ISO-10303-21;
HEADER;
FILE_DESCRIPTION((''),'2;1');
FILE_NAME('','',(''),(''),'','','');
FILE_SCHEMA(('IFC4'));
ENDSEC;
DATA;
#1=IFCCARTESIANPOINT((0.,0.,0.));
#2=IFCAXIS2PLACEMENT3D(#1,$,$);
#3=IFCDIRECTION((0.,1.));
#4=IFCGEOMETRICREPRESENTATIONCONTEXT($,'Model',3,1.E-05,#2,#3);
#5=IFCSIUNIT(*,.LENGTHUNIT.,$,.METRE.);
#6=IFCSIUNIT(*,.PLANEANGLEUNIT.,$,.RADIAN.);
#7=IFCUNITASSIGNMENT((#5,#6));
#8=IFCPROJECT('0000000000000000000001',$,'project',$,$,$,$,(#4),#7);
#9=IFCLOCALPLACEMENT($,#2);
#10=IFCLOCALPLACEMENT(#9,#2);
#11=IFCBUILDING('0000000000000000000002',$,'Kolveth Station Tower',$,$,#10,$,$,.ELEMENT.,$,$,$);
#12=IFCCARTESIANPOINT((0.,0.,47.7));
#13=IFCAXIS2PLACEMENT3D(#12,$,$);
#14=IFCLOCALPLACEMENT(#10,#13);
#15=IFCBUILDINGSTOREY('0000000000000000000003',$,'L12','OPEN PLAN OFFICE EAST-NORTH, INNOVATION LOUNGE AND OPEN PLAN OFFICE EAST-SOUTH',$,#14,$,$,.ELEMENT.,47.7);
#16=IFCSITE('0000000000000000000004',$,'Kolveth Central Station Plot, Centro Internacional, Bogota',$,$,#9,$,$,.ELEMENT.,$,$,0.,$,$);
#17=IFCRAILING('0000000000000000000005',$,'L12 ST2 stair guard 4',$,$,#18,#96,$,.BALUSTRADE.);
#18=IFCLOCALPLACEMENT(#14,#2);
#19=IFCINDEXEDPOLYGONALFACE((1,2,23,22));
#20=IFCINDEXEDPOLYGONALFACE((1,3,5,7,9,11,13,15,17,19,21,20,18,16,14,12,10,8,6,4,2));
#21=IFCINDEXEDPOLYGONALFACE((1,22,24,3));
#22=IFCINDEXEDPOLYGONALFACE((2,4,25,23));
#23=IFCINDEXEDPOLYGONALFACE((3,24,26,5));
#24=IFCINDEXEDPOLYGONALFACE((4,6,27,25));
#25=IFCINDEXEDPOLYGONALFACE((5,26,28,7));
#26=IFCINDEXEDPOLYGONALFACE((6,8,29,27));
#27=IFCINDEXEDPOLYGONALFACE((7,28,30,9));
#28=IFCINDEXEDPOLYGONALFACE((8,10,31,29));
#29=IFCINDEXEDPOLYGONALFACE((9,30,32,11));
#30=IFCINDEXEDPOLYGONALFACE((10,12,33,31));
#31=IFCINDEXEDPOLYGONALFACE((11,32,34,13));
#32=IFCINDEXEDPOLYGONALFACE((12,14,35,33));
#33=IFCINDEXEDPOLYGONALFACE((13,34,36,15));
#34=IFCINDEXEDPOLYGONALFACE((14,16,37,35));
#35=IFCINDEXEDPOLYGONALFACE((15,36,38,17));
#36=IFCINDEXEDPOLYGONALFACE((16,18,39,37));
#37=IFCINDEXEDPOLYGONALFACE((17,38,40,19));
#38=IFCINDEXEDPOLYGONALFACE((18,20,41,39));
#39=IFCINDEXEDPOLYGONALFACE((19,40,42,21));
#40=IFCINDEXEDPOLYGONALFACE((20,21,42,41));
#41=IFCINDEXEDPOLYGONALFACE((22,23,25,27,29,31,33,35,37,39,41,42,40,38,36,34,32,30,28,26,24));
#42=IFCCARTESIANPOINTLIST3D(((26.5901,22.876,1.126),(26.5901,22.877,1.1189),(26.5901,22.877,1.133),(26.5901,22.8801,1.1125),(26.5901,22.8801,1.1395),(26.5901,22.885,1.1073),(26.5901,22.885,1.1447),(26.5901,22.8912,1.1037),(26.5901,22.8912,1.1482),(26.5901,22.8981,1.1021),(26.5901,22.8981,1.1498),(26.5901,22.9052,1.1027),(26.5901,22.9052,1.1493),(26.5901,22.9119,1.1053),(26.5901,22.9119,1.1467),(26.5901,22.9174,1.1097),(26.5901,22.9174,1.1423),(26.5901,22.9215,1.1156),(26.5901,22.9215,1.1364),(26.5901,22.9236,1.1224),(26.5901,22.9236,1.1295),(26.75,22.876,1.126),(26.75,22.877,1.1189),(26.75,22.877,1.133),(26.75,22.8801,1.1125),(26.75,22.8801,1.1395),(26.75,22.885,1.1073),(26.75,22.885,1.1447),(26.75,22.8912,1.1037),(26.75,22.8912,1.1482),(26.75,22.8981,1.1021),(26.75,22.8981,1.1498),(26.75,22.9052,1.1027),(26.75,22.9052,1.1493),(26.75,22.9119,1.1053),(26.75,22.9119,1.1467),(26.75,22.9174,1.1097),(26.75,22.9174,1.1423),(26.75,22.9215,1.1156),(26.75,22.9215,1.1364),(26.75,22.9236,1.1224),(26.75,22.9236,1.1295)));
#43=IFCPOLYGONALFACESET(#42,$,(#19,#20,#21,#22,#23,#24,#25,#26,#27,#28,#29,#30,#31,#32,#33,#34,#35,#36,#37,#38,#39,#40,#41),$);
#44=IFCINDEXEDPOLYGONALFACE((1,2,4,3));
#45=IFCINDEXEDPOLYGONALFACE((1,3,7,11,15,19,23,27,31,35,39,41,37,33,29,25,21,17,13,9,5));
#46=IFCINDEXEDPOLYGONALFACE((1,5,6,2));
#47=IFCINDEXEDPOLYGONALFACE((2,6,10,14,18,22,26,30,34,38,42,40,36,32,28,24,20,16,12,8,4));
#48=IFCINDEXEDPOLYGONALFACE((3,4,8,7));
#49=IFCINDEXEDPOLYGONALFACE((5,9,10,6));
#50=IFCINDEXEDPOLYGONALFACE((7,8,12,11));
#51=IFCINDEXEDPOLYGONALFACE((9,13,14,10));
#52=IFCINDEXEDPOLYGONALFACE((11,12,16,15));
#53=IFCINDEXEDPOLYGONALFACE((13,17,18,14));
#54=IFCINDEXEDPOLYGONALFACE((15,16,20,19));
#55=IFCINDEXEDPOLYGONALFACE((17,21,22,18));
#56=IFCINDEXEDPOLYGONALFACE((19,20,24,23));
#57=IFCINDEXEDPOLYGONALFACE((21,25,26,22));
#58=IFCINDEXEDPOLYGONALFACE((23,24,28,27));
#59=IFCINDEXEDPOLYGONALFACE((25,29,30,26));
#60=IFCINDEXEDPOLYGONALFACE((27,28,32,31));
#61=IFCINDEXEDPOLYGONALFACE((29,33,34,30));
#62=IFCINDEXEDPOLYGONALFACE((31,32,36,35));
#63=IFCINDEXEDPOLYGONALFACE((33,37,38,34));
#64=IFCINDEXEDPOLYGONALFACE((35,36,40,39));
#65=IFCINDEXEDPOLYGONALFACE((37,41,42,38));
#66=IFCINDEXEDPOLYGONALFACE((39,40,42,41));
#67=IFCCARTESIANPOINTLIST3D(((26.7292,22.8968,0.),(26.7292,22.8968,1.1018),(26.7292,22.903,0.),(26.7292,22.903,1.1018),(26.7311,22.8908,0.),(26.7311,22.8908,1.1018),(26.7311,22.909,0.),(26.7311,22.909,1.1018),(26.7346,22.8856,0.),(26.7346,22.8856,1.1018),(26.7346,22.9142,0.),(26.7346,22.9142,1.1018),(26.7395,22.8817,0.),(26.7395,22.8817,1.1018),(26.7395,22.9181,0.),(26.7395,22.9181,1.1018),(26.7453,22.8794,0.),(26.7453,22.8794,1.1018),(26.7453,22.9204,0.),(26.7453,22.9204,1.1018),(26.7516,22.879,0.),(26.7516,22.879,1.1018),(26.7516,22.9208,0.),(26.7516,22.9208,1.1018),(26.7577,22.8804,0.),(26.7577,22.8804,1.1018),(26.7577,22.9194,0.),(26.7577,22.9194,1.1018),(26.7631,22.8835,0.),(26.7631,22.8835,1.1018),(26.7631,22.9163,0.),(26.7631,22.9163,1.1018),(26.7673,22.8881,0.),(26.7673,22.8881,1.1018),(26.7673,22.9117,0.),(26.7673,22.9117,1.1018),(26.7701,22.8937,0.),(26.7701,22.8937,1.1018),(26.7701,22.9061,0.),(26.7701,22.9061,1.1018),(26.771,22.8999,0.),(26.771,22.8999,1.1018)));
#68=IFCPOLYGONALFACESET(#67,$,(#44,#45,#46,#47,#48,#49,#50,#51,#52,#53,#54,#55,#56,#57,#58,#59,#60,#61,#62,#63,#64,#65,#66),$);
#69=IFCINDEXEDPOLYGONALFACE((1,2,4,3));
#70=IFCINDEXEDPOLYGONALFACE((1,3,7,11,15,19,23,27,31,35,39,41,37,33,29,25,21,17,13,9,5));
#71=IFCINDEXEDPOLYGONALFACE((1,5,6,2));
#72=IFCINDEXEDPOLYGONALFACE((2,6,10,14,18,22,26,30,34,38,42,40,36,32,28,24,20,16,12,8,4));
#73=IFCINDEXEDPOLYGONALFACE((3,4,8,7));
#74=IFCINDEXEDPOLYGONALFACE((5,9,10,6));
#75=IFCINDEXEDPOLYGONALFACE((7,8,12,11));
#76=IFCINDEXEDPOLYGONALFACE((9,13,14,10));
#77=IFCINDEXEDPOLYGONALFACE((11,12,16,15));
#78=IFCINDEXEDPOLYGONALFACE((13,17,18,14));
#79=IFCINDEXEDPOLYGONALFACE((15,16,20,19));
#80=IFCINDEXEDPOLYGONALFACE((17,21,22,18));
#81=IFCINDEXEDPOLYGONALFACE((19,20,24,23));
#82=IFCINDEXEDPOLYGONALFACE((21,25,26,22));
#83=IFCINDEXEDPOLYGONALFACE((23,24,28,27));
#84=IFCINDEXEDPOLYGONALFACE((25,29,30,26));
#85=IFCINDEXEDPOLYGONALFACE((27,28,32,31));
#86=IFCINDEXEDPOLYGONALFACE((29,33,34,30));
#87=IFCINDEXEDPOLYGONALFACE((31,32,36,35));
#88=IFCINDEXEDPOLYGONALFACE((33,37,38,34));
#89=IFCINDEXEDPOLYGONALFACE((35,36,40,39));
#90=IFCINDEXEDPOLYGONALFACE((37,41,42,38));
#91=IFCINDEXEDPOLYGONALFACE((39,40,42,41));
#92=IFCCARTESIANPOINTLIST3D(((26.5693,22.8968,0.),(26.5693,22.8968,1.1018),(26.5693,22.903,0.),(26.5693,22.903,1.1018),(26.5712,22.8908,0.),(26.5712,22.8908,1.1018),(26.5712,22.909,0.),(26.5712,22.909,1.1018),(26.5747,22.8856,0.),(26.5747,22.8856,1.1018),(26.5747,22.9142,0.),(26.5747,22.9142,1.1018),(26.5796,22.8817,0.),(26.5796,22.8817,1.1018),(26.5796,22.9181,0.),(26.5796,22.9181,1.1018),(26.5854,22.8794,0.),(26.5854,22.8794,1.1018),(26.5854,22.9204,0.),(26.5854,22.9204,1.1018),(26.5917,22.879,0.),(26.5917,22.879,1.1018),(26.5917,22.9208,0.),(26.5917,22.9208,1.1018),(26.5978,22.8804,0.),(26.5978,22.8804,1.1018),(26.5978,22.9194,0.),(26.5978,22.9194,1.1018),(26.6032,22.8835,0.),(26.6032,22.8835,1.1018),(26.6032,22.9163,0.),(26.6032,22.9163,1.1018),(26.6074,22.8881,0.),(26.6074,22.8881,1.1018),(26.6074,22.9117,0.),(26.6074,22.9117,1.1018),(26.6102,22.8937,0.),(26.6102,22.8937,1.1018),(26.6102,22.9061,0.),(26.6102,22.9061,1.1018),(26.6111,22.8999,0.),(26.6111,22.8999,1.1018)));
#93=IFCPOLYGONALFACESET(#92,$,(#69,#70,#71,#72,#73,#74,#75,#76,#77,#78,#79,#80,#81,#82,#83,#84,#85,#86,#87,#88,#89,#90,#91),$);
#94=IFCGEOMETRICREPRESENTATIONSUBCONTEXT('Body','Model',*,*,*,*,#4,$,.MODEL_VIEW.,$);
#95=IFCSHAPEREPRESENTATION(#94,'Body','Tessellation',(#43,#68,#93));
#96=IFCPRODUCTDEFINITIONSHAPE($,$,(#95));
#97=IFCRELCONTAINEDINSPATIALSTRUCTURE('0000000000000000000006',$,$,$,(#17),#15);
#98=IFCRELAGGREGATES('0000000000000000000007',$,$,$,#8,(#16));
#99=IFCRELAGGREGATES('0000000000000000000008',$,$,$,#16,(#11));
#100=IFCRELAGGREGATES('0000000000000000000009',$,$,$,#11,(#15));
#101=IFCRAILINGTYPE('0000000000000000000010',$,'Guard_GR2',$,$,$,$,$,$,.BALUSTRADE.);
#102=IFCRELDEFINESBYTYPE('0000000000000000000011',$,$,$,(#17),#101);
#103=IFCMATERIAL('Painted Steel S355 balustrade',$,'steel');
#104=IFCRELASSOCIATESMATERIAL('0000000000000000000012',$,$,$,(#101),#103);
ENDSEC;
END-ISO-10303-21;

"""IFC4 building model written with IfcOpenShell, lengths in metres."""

from ifc_helpers import new_model, si_unit, direction, frame, origin, origin_2d, place, context, subcontext, project, spatial, circle, extrude, material, type_object, element, save


model = new_model("IFC4")

# Units and contexts
model_context = context("Model", 3, precision=1e-05, world=origin(), true_north=direction((0.0, 1.0)))
body_context = subcontext(model_context, "Body", "Model", "MODEL_VIEW")
ifc_project = project(units=[si_unit("LENGTHUNIT", "METRE"), si_unit("PLANEANGLEUNIT", "RADIAN")], contexts=[model_context])

# Site, building, storey
site_placement = place(None, origin())
site = spatial("IfcSite", under=ifc_project, at=site_placement, Name="Kolveth Central Station Plot, Centro Internacional, Bogota", CompositionType="ELEMENT", RefElevation=0.0)
building_placement = place(site_placement, origin())
building = spatial("IfcBuilding", under=site, at=building_placement, Name="Kolveth Station Tower", CompositionType="ELEMENT")
storey_placement = place(building_placement, frame((0.0, 0.0, 47.7)))
storey = spatial("IfcBuildingStorey", under=building, at=storey_placement, Name="L12", Description="OPEN PLAN OFFICE EAST-NORTH, INNOVATION LOUNGE AND OPEN PLAN OFFICE EAST-SOUTH", CompositionType="ELEMENT", Elevation=47.7)

# Railing
ifc_material_1 = material(Name="Painted Steel S355 balustrade", Category="steel")
railing_type_1 = type_object("IfcRailingType", Name="Guard_GR2", PredefinedType="BALUSTRADE", material=ifc_material_1)
railing_1_placement = place(storey_placement, frame((26.75, 22.8999, 0.0)))
element("IfcRailing", 1, at=railing_1_placement, inside=storey, type_object=railing_type_1, Name="L12 ST2 stair guard 4", PredefinedType="BALUSTRADE", context=body_context, shape_type="SweptSolid", body=[
    extrude(circle(Radius=0.0239, at=origin_2d()), frame((0.0, 0.0, 1.126), z_axis=(-1.0, 0.0, 0.0), x_axis=(0.0, -1.0, 0.0)), (0.0, 0.0, 1.0), 0.1599),
    extrude(circle(Radius=0.021, at=origin_2d()), origin(), (0.0, 0.0, 1.0), 1.1018),
    extrude(circle(Radius=0.021, at=origin_2d()), frame((-0.1599, 0.0, 0.0)), (0.0, 0.0, 1.0), 1.1018),
])

save(model, "model.ifc")
